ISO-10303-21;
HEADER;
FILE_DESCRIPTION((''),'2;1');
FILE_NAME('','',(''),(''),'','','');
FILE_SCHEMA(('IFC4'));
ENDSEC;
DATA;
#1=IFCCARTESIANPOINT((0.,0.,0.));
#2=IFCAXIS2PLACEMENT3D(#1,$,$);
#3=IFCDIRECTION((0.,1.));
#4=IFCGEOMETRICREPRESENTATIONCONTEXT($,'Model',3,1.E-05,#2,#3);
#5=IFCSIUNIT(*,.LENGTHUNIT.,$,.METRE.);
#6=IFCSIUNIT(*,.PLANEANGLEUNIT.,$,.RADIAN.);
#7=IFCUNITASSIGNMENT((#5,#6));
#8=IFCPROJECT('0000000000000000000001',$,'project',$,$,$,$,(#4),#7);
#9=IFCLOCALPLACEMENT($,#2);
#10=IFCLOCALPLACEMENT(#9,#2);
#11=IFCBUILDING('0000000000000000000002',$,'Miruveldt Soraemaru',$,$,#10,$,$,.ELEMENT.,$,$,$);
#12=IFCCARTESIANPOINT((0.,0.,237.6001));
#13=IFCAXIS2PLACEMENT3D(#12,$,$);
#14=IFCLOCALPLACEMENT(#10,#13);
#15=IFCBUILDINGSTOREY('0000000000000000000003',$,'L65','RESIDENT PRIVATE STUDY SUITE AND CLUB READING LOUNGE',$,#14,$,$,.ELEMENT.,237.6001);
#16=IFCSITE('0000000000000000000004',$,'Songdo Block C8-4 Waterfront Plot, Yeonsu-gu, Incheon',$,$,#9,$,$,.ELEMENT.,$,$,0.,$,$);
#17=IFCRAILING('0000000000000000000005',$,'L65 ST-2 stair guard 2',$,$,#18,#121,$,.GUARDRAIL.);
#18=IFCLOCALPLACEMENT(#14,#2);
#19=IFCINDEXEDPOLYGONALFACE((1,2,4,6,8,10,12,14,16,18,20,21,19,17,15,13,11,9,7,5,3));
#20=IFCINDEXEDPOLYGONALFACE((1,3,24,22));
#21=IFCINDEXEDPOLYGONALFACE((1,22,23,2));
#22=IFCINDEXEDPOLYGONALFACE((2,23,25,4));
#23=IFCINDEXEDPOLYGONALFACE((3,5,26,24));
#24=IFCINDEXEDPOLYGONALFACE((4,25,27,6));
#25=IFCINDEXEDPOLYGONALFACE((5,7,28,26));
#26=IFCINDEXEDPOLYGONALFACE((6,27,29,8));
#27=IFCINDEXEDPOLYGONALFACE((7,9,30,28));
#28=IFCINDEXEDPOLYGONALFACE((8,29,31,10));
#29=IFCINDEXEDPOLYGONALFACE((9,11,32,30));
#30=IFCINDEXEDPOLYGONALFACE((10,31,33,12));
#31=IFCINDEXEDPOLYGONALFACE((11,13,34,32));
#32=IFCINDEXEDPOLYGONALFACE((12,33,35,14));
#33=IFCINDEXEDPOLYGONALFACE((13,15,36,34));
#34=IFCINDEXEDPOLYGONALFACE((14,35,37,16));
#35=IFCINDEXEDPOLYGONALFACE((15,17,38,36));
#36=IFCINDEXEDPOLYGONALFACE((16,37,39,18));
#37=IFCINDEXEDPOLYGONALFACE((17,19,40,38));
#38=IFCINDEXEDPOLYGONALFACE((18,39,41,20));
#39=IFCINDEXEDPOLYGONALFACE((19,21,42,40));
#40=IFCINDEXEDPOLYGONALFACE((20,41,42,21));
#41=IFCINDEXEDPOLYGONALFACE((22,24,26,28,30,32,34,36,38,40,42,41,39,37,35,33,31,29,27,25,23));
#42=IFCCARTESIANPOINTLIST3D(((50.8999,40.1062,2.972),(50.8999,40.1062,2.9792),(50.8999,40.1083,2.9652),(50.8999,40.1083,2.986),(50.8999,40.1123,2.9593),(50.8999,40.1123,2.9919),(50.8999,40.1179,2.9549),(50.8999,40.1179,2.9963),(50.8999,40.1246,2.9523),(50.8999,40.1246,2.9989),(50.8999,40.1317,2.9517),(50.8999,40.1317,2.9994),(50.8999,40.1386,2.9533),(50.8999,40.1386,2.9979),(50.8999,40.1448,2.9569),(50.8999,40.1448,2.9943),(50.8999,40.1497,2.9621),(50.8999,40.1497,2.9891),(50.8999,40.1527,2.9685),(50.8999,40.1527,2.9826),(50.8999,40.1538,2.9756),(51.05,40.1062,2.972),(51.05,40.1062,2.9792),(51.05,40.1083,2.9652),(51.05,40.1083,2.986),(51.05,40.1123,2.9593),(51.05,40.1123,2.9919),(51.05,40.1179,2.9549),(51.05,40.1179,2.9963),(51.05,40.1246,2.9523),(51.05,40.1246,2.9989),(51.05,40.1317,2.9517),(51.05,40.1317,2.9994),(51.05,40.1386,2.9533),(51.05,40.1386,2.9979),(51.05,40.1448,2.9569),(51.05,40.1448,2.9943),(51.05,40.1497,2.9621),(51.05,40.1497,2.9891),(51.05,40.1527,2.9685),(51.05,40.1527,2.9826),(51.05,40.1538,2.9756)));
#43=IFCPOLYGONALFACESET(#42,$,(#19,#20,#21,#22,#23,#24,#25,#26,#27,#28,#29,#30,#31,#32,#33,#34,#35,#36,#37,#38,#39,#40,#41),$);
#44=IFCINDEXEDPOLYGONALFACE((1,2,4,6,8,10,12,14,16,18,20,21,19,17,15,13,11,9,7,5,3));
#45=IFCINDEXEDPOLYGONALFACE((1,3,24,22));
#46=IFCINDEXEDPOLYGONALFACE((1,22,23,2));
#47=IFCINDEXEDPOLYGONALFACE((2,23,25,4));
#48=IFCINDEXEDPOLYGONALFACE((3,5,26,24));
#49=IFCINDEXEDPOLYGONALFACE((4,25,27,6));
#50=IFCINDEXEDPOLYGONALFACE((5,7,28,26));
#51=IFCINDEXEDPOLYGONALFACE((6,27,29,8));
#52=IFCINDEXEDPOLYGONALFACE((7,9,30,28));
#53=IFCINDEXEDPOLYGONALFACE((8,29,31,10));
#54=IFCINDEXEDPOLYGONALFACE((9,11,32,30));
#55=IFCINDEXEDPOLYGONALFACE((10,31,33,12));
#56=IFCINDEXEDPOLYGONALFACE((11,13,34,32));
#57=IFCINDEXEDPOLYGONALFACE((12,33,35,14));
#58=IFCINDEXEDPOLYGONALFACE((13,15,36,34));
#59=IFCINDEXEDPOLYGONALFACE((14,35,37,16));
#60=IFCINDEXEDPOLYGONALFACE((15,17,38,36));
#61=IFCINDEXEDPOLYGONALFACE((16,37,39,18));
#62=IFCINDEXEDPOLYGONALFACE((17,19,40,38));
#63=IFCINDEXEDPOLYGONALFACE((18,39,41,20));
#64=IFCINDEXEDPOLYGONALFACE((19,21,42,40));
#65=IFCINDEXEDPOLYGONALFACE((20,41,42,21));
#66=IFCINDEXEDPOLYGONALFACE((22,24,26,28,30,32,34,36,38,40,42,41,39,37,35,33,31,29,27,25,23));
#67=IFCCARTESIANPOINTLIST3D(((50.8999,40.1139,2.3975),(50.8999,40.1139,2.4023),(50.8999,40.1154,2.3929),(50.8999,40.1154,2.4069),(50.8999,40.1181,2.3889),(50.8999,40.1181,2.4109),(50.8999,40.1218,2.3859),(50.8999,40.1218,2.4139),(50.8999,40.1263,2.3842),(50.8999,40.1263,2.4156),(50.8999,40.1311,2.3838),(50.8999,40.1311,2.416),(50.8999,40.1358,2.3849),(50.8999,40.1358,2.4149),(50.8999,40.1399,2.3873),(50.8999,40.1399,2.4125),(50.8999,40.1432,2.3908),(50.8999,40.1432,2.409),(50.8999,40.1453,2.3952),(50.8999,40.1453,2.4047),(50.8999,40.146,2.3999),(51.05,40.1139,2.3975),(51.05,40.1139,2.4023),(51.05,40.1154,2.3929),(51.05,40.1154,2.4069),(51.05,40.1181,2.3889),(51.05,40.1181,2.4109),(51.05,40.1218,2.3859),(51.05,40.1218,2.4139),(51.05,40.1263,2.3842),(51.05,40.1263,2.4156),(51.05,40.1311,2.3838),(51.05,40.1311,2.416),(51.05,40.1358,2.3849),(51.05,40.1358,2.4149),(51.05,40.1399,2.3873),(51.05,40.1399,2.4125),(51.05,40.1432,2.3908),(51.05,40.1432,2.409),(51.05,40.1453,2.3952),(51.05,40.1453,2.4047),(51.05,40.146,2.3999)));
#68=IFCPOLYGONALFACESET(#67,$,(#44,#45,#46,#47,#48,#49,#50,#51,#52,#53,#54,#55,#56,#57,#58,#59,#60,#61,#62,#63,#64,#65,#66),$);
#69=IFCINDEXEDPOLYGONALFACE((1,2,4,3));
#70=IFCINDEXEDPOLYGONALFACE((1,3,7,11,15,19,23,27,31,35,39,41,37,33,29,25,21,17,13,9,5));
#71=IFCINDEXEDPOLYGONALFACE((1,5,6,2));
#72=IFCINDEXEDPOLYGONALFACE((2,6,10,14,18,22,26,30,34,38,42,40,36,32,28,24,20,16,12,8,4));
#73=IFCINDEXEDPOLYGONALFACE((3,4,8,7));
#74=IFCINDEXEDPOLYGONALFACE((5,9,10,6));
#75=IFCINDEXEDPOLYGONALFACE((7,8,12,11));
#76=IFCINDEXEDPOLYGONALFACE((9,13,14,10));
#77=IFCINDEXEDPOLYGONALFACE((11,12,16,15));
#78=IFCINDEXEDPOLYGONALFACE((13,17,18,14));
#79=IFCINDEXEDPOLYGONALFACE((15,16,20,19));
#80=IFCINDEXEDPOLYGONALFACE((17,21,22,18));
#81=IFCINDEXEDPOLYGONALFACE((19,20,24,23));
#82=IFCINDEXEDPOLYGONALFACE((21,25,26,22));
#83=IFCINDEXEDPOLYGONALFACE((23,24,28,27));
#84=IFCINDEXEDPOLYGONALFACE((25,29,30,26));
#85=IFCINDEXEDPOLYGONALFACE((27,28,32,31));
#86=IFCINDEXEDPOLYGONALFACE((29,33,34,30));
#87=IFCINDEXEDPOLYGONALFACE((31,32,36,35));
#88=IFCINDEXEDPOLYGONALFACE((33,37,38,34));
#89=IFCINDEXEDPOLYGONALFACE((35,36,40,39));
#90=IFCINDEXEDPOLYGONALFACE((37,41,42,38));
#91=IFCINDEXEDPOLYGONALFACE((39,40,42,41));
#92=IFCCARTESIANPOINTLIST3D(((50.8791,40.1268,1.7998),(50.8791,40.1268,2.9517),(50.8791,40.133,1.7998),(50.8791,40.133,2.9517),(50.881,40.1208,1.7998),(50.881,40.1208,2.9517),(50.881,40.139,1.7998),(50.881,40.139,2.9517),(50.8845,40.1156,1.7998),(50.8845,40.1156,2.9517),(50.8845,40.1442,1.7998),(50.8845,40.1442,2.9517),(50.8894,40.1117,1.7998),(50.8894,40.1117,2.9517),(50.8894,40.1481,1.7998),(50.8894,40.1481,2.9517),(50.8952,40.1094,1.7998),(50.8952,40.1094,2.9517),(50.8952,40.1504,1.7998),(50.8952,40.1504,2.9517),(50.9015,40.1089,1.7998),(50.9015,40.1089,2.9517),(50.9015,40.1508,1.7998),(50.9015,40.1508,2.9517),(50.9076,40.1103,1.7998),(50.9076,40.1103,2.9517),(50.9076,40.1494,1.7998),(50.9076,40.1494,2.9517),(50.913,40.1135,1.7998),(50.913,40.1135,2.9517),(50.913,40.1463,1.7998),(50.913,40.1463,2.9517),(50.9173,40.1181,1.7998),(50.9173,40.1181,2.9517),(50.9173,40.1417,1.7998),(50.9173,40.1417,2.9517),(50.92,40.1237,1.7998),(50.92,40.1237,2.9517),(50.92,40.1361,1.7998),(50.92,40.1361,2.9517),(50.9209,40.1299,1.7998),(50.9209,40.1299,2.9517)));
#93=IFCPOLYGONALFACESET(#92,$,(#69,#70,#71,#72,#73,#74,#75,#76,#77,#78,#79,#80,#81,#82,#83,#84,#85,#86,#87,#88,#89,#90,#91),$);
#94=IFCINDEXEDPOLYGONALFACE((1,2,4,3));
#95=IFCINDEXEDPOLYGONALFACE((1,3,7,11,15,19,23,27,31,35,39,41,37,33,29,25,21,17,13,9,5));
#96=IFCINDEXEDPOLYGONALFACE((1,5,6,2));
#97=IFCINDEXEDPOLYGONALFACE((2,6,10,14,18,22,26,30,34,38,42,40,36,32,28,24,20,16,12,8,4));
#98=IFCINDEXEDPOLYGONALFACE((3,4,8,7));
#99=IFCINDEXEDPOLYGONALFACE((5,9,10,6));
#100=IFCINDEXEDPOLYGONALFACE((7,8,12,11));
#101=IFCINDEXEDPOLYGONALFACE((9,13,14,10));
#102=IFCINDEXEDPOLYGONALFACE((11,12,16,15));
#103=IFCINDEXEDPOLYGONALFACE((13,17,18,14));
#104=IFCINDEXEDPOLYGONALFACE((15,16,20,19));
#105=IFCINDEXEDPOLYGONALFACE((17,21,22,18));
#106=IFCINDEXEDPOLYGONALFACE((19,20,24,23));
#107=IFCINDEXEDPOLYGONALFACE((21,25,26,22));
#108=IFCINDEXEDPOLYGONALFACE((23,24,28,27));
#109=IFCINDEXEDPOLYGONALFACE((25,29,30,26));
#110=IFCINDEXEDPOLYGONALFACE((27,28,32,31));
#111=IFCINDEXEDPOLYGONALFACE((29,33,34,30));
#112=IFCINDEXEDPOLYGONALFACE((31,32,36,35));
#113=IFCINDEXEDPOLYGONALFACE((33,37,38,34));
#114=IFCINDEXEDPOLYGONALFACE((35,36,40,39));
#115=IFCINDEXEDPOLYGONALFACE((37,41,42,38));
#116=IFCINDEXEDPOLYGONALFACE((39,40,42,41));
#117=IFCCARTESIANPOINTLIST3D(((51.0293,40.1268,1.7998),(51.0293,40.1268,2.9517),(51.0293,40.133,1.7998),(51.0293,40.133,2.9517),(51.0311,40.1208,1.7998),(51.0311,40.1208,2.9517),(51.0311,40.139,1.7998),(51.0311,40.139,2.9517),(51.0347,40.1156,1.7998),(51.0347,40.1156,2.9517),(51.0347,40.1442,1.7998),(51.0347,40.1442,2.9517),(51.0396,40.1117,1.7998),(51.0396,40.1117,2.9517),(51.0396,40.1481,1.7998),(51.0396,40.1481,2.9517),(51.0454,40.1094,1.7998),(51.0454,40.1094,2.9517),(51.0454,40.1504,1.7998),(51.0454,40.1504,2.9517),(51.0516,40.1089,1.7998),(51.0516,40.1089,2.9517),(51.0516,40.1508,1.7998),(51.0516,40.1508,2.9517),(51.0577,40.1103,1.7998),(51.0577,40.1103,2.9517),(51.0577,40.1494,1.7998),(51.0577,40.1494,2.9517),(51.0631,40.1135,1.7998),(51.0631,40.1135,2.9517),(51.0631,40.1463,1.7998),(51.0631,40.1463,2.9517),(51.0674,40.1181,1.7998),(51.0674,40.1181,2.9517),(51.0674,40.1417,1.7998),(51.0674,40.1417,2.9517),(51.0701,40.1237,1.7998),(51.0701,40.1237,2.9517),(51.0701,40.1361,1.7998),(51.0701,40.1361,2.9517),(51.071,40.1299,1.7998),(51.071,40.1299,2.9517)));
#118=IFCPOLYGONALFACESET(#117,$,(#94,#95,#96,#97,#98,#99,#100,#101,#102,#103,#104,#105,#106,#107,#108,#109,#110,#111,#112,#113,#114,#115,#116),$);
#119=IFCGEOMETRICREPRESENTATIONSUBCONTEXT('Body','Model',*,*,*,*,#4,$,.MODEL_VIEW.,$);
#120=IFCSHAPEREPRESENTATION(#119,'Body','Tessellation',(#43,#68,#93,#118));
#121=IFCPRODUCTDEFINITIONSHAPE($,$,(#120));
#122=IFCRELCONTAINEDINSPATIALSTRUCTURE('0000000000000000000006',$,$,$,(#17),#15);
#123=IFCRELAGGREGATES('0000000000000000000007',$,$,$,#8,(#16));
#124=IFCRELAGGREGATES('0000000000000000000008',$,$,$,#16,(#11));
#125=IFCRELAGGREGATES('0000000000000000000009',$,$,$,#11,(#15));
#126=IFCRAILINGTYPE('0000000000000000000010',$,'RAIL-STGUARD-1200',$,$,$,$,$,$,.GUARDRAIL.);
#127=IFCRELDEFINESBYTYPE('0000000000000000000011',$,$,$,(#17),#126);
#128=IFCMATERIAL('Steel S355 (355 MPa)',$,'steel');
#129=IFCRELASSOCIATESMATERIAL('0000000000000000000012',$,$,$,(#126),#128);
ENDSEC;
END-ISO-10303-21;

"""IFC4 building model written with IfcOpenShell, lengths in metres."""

from ifc_helpers import new_model, si_unit, direction, frame, origin, origin_2d, place, context, subcontext, project, spatial, circle, extrude, material, type_object, element, save


model = new_model("IFC4")

# Units and contexts
model_context = context("Model", 3, precision=1e-05, world=origin(), true_north=direction((0.0, 1.0)))
body_context = subcontext(model_context, "Body", "Model", "MODEL_VIEW")
ifc_project = project(units=[si_unit("LENGTHUNIT", "METRE"), si_unit("PLANEANGLEUNIT", "RADIAN")], contexts=[model_context])

# Site, building, storey
site_placement = place(None, origin())
site = spatial("IfcSite", under=ifc_project, at=site_placement, Name="Songdo Block C8-4 Waterfront Plot, Yeonsu-gu, Incheon", CompositionType="ELEMENT", RefElevation=0.0)
building_placement = place(site_placement, origin())
building = spatial("IfcBuilding", under=site, at=building_placement, Name="Miruveldt Soraemaru", CompositionType="ELEMENT")
storey_placement = place(building_placement, frame((0.0, 0.0, 237.6001)))
storey = spatial("IfcBuildingStorey", under=building, at=storey_placement, Name="L65", Description="RESIDENT PRIVATE STUDY SUITE AND CLUB READING LOUNGE", CompositionType="ELEMENT", Elevation=237.6001)

# Railing
ifc_material_1 = material(Name="Steel S355 (355 MPa)", Category="steel")
railing_type_1 = type_object("IfcRailingType", Name="RAIL-STGUARD-1200", PredefinedType="GUARDRAIL", material=ifc_material_1)
railing_1_placement = place(storey_placement, frame((50.8999, 40.1299, 1.7998)))
element("IfcRailing", 1, at=railing_1_placement, inside=storey, type_object=railing_type_1, Name="L65 ST-2 stair guard 2", PredefinedType="GUARDRAIL", context=body_context, shape_type="SweptSolid", body=[
    extrude(circle(Radius=0.0239, at=origin_2d()), frame((0.0, 0.0, 1.1758), z_axis=(1.0, 0.0, 0.0), x_axis=(0.0, 1.0, 0.0)), (0.0, 0.0, 1.0), 0.1501),
    extrude(circle(Radius=0.0161, at=origin_2d()), frame((0.0, 0.0, 0.6001), z_axis=(1.0, 0.0, 0.0), x_axis=(0.0, 1.0, 0.0)), (0.0, 0.0, 1.0), 0.1501),
    extrude(circle(Radius=0.021, at=origin_2d()), origin(), (0.0, 0.0, 1.0), 1.1519),
    extrude(circle(Radius=0.021, at=origin_2d()), frame((0.1501, 0.0, 0.0)), (0.0, 0.0, 1.0), 1.1519),
])

save(model, "model.ifc")
